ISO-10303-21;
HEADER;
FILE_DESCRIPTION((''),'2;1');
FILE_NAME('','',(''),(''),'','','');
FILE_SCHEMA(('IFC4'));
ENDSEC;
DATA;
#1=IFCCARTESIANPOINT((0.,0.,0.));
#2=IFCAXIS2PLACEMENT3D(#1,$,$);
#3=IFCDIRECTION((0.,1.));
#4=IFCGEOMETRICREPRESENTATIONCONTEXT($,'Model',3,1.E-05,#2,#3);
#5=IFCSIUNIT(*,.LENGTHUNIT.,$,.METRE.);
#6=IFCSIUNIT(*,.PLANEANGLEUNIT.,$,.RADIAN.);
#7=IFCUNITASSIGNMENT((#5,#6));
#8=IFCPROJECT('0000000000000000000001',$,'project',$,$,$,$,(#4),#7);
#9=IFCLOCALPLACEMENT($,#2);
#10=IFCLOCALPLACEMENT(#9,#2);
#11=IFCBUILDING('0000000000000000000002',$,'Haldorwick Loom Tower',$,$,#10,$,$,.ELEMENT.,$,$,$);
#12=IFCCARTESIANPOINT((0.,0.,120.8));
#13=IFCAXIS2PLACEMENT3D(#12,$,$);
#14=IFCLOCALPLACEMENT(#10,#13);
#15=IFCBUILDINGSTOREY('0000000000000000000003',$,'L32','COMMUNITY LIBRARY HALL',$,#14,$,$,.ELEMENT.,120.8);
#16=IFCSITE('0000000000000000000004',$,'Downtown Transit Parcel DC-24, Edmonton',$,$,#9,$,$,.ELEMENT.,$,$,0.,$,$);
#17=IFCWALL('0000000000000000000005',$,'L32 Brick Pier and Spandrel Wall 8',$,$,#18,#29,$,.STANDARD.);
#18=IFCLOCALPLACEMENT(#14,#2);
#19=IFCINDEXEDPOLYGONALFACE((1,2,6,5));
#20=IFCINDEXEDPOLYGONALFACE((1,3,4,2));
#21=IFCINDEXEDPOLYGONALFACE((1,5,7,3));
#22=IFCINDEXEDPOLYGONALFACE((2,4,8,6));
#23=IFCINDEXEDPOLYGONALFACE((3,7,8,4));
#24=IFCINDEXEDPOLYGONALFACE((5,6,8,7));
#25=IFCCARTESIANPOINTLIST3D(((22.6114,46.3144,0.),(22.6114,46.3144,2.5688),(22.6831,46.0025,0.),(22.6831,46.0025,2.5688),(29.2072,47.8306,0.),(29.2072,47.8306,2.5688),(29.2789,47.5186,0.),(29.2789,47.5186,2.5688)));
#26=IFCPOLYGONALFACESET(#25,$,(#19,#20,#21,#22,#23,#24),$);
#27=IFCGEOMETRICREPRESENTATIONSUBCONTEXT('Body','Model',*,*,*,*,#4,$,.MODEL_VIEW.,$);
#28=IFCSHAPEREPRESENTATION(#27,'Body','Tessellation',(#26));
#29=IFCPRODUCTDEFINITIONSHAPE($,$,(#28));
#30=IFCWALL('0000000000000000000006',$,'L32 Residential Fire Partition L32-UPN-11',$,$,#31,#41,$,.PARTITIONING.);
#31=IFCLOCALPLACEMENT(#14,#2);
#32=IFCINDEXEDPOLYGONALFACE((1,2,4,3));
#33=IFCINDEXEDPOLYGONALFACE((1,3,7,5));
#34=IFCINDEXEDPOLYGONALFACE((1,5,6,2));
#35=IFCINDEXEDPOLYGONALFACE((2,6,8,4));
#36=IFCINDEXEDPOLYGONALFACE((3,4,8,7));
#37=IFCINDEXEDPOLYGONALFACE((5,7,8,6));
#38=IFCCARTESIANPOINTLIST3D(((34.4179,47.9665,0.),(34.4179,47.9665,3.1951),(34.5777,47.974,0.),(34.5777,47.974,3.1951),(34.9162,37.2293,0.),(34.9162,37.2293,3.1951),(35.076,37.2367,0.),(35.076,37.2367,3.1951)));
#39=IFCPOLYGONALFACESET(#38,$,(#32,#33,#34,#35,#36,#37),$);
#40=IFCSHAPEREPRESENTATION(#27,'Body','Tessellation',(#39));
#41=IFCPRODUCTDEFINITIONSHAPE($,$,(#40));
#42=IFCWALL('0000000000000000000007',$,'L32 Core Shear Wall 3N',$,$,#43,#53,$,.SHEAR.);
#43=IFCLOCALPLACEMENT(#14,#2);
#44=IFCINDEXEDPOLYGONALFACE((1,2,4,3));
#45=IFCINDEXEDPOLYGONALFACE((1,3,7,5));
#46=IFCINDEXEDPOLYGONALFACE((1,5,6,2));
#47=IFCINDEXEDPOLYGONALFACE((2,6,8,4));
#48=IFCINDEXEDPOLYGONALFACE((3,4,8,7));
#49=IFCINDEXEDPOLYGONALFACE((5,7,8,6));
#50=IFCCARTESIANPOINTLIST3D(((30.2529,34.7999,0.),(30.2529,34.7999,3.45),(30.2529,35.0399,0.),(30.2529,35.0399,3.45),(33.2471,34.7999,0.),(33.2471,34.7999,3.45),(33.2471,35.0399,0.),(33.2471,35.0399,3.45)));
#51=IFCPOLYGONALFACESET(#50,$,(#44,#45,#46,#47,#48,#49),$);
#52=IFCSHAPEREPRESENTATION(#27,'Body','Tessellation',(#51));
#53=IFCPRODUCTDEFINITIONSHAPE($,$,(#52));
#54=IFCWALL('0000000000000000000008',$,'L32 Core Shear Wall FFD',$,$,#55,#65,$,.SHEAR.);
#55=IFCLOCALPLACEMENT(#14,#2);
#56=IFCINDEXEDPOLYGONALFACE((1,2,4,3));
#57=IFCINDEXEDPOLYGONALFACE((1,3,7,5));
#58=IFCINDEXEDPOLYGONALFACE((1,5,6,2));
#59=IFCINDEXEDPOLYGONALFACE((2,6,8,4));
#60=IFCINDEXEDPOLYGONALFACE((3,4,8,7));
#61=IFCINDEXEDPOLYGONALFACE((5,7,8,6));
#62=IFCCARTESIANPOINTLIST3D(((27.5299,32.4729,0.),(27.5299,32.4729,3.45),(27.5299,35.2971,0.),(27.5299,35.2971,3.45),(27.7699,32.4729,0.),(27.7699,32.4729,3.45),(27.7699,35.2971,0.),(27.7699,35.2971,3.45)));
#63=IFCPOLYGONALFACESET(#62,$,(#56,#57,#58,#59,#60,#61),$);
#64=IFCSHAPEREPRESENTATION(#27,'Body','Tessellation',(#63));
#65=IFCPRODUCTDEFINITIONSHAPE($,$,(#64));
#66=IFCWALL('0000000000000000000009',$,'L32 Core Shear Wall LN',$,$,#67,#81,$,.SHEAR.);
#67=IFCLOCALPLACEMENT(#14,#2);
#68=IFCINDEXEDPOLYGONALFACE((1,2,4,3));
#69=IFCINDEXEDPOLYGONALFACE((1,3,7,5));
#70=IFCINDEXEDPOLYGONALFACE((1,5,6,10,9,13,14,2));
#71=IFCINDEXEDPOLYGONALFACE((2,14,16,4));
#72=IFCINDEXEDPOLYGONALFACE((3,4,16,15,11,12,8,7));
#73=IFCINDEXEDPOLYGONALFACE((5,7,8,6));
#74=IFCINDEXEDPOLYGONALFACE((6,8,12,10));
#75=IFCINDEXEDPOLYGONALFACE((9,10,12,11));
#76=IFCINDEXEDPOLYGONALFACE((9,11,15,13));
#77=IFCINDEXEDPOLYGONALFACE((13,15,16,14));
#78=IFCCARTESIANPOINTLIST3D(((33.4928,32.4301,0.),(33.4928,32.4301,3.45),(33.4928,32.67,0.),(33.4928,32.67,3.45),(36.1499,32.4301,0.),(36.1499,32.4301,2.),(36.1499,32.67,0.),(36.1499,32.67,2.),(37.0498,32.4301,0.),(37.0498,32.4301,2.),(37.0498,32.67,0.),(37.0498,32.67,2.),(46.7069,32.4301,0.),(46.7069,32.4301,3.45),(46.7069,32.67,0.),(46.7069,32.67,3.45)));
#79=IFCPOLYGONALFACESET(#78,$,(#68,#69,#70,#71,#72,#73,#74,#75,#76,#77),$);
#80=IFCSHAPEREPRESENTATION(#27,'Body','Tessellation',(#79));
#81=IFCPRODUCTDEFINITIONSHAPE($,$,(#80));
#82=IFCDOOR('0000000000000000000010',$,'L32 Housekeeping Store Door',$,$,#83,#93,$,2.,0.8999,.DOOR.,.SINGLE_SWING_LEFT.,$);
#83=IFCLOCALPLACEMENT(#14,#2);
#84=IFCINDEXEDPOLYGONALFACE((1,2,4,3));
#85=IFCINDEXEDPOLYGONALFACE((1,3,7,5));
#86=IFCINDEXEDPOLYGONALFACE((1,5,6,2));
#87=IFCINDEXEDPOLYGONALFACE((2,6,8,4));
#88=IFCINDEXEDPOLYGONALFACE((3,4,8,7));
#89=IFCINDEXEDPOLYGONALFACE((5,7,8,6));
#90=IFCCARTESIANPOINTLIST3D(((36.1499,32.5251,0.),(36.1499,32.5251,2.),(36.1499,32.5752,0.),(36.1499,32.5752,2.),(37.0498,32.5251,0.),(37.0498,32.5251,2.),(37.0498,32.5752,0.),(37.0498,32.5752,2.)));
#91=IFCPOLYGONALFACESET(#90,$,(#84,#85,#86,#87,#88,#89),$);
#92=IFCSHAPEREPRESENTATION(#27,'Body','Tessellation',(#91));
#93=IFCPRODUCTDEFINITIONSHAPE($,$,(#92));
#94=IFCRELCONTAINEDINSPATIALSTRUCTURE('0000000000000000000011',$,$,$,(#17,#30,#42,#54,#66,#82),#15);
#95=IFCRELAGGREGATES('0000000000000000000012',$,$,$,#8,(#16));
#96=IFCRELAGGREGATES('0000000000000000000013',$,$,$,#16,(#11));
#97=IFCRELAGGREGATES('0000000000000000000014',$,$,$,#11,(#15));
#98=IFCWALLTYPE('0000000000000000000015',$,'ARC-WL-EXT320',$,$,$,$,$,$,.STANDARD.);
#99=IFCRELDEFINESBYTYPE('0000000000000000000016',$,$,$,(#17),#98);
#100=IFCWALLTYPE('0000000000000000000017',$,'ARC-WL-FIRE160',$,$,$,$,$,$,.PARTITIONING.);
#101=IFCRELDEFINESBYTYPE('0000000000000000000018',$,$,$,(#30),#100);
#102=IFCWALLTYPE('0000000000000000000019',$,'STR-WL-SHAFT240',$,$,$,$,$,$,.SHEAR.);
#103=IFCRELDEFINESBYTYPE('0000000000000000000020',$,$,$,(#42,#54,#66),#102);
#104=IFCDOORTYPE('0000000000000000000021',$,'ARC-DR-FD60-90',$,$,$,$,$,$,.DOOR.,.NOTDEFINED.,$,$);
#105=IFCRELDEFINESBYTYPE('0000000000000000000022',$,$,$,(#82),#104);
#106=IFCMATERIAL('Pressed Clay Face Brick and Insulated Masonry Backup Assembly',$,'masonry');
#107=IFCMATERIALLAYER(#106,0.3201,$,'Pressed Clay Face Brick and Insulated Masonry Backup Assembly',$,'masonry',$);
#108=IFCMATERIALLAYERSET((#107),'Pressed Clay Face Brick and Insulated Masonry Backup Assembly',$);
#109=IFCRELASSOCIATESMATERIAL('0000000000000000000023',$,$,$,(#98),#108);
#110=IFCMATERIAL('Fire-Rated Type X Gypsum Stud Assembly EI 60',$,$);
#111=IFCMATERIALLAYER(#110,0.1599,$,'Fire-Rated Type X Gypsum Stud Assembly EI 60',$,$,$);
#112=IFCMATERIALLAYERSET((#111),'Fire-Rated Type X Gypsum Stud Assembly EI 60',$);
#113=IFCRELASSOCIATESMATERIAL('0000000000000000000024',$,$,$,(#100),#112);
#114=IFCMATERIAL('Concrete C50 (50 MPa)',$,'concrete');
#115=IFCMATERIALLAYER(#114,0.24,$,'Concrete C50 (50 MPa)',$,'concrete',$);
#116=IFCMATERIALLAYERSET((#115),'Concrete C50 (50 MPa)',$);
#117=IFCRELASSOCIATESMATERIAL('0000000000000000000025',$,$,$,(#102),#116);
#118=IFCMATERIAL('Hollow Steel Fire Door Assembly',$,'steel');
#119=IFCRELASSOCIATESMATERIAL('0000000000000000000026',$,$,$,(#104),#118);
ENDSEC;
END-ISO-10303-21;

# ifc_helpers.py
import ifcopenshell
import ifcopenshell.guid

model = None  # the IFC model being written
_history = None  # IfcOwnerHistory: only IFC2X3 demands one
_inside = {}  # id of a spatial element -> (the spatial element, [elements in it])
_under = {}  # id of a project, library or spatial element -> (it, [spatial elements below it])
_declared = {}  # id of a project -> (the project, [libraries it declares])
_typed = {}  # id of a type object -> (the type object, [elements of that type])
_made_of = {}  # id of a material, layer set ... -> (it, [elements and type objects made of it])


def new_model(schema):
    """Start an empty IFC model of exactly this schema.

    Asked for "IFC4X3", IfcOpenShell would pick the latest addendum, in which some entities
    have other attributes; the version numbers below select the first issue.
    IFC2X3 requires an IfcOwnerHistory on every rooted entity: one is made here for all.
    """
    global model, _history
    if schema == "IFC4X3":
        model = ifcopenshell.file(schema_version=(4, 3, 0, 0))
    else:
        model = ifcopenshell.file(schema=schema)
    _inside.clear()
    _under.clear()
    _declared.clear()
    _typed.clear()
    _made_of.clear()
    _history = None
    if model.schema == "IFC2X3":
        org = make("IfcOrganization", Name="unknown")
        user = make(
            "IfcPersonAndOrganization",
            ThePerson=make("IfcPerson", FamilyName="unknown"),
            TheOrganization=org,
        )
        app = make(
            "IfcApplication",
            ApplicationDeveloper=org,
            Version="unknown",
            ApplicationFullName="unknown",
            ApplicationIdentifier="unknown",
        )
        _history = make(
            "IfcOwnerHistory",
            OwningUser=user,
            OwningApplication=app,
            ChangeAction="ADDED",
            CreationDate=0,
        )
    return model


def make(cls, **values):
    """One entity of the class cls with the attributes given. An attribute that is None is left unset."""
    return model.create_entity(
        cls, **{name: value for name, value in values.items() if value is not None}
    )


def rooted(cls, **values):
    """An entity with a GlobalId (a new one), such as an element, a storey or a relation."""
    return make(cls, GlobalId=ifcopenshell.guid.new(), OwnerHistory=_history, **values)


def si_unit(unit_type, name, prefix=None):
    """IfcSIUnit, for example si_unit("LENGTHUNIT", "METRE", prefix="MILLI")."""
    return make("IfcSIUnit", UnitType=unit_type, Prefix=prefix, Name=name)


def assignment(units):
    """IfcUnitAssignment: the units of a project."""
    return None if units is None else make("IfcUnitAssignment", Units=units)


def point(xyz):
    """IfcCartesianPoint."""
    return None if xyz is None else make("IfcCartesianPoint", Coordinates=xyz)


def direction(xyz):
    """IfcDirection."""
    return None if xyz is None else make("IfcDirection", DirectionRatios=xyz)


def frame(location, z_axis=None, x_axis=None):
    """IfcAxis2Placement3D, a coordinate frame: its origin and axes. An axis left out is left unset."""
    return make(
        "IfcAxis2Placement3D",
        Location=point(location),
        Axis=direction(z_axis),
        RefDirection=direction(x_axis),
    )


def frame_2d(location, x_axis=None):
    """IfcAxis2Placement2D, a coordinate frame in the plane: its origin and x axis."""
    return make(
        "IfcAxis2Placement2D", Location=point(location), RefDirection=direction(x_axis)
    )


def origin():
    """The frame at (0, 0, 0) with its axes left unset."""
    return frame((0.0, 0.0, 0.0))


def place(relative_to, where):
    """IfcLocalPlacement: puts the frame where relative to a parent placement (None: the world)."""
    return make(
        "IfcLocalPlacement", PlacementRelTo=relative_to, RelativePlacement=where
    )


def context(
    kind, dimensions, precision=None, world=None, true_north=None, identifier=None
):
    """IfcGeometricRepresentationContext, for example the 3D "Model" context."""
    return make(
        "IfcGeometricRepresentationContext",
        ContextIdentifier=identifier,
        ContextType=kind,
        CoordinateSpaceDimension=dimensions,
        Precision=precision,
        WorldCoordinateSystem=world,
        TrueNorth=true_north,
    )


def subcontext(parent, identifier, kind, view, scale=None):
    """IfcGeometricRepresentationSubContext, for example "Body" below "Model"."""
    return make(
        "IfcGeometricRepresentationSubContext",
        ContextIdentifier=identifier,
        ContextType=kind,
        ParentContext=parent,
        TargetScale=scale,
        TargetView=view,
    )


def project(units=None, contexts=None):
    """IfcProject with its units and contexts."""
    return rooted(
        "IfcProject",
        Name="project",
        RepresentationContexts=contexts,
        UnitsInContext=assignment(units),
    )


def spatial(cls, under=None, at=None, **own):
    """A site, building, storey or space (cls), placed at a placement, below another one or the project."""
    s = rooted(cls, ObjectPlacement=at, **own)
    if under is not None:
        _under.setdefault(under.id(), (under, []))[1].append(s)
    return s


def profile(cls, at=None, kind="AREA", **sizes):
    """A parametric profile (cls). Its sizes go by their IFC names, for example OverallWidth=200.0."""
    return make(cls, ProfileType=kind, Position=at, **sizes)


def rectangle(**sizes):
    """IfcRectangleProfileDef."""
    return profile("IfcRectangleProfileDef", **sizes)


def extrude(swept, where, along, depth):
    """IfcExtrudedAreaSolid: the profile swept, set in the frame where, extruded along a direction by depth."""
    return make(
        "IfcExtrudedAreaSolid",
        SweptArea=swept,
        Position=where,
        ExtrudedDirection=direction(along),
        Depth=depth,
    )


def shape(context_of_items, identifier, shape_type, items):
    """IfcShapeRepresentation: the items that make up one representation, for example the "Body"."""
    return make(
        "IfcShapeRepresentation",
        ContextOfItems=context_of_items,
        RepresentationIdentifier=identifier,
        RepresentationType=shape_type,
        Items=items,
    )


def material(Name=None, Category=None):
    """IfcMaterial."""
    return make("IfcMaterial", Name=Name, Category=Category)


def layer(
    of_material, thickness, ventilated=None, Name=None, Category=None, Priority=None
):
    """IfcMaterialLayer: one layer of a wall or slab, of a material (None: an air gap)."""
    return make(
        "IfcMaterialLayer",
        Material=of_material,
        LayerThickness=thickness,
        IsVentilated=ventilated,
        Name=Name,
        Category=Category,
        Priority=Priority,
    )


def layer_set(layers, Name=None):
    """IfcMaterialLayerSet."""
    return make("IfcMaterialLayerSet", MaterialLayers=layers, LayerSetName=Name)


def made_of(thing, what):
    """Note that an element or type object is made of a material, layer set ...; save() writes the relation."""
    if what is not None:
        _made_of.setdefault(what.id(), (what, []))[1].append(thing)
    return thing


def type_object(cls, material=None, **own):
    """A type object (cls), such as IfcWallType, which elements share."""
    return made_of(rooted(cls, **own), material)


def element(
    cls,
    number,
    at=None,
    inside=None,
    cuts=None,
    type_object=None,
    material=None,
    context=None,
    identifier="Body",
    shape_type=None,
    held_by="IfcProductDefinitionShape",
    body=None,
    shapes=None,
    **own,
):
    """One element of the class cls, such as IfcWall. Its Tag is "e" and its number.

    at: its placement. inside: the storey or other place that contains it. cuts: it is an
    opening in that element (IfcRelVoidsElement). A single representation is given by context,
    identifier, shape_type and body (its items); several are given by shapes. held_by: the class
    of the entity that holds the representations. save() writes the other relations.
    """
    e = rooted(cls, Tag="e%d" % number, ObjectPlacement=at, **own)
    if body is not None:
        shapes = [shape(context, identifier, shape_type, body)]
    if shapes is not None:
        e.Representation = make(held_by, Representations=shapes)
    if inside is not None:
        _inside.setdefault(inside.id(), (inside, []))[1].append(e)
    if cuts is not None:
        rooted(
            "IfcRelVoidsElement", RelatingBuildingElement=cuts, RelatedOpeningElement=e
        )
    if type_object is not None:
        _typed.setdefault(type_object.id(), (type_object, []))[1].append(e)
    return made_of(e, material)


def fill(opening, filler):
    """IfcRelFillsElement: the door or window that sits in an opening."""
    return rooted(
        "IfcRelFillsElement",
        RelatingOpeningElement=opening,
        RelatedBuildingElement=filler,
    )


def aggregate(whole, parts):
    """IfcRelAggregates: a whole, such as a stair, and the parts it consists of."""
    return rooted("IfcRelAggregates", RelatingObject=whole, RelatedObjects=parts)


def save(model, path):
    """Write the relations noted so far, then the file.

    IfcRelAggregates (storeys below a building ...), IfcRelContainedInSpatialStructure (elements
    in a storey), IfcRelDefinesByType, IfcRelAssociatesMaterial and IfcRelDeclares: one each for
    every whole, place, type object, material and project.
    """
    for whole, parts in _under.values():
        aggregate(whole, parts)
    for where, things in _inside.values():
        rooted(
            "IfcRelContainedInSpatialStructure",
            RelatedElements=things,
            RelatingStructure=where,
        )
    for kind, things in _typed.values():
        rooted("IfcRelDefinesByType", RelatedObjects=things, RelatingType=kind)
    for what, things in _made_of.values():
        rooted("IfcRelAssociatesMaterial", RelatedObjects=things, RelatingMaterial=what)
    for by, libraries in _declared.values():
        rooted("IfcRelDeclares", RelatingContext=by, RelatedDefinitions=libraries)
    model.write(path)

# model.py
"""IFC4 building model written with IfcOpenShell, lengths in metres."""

from ifc_helpers import new_model, si_unit, direction, frame, frame_2d, origin, place, context, subcontext, project, spatial, rectangle, extrude, material, layer, layer_set, type_object, element, fill, save


model = new_model("IFC4")

# Units and contexts
model_context = context("Model", 3, precision=1e-05, world=origin(), true_north=direction((0.0, 1.0)))
body_context = subcontext(model_context, "Body", "Model", "MODEL_VIEW")
ifc_project = project(units=[si_unit("LENGTHUNIT", "METRE"), si_unit("PLANEANGLEUNIT", "RADIAN")], contexts=[model_context])

# Site, building, storey
site_placement = place(None, origin())
site = spatial("IfcSite", under=ifc_project, at=site_placement, Name="Downtown Transit Parcel DC-24, Edmonton", CompositionType="ELEMENT", RefElevation=0.0)
building_placement = place(site_placement, origin())
building = spatial("IfcBuilding", under=site, at=building_placement, Name="Haldorwick Loom Tower", CompositionType="ELEMENT")
storey_placement = place(building_placement, frame((0.0, 0.0, 120.8)))
storey = spatial("IfcBuildingStorey", under=building, at=storey_placement, Name="L32", Description="COMMUNITY LIBRARY HALL", CompositionType="ELEMENT", Elevation=120.8)

# Walls
ifc_material_1 = material(Name="Pressed Clay Face Brick and Insulated Masonry Backup Assembly", Category="masonry")
ifc_layer_1 = layer(ifc_material_1, 0.3201, Name="Pressed Clay Face Brick and Insulated Masonry Backup Assembly", Category="masonry")
ifc_layer_set_1 = layer_set([ifc_layer_1], Name="Pressed Clay Face Brick and Insulated Masonry Backup Assembly")
wall_type_1 = type_object("IfcWallType", Name="ARC-WL-EXT320", PredefinedType="STANDARD", material=ifc_layer_set_1)
wall_1_placement = place(storey_placement, frame((29.2429, 47.6746, 0.0), z_axis=(0.0, 0.0, 1.0), x_axis=(-0.974584, -0.224022, 0.0)))
element("IfcWall", 1, at=wall_1_placement, inside=storey, type_object=wall_type_1, Name="L32 Brick Pier and Spandrel Wall 8", PredefinedType="STANDARD", context=body_context, shape_type="SweptSolid", body=[
    extrude(rectangle(XDim=6.7678, YDim=0.3201, at=frame_2d((3.3838, 0.0))), origin(), (0.0, 0.0, 1.0), 2.5688),
])
ifc_material_2 = material(Name="Fire-Rated Type X Gypsum Stud Assembly EI 60")
ifc_layer_2 = layer(ifc_material_2, 0.1599, Name="Fire-Rated Type X Gypsum Stud Assembly EI 60")
ifc_layer_set_2 = layer_set([ifc_layer_2], Name="Fire-Rated Type X Gypsum Stud Assembly EI 60")
wall_type_2 = type_object("IfcWallType", Name="ARC-WL-FIRE160", PredefinedType="PARTITIONING", material=ifc_layer_set_2)
wall_2_placement = place(storey_placement, frame((34.9961, 37.2329, 0.0), z_axis=(0.0, 0.0, 1.0), x_axis=(-0.046358, 0.998925, 0.0)))
element("IfcWall", 2, at=wall_2_placement, inside=storey, type_object=wall_type_2, Name="L32 Residential Fire Partition L32-UPN-11", PredefinedType="PARTITIONING", context=body_context, shape_type="SweptSolid", body=[
    extrude(rectangle(XDim=10.7488, YDim=0.1599, at=frame_2d((5.3745, 0.0))), origin(), (0.0, 0.0, 1.0), 3.1951),
])
ifc_material_3 = material(Name="Concrete C50 (50 MPa)", Category="concrete")
ifc_layer_3 = layer(ifc_material_3, 0.24, Name="Concrete C50 (50 MPa)", Category="concrete")
ifc_layer_set_3 = layer_set([ifc_layer_3], Name="Concrete C50 (50 MPa)")
wall_type_3 = type_object("IfcWallType", Name="STR-WL-SHAFT240", PredefinedType="SHEAR", material=ifc_layer_set_3)
wall_3_placement = place(storey_placement, frame((30.2529, 34.9199, 0.0), z_axis=(0.0, 0.0, 1.0), x_axis=(1.0, 0.0, 0.0)))
element("IfcWall", 3, at=wall_3_placement, inside=storey, type_object=wall_type_3, Name="L32 Core Shear Wall 3N", PredefinedType="SHEAR", context=body_context, shape_type="SweptSolid", body=[
    extrude(rectangle(XDim=2.9941, YDim=0.24, at=frame_2d((1.4971, 0.0))), origin(), (0.0, 0.0, 1.0), 3.45),
])
wall_4_placement = place(storey_placement, frame((27.6499, 32.4729, 0.0), z_axis=(0.0, 0.0, 1.0), x_axis=(0.0, 1.0, 0.0)))
element("IfcWall", 4, at=wall_4_placement, inside=storey, type_object=wall_type_3, Name="L32 Core Shear Wall FFD", PredefinedType="SHEAR", context=body_context, shape_type="SweptSolid", body=[
    extrude(rectangle(XDim=2.8242, YDim=0.24, at=frame_2d((1.4121, 0.0))), origin(), (0.0, 0.0, 1.0), 3.45),
])

# Wall, opening, door
wall_5_placement = place(storey_placement, frame((33.4929, 32.55, 0.0), z_axis=(0.0, 0.0, 1.0), x_axis=(1.0, 0.0, 0.0)))
wall_5 = element("IfcWall", 5, at=wall_5_placement, inside=storey, type_object=wall_type_3, Name="L32 Core Shear Wall LN", PredefinedType="SHEAR", context=body_context, shape_type="SweptSolid", body=[
    extrude(rectangle(XDim=13.2141, YDim=0.24, at=frame_2d((6.6069, 0.0))), origin(), (0.0, 0.0, 1.0), 3.45),
])
opening_placement = place(wall_5_placement, frame((2.657, 0.0, 0.0)))
opening = element("IfcOpeningElement", 6, at=opening_placement, cuts=wall_5, PredefinedType="OPENING", context=body_context, shape_type="SweptSolid", body=[
    extrude(rectangle(XDim=0.8999, YDim=2.0, at=frame_2d((0.45, 1.0))), frame((0.0, 0.1299, 0.0), z_axis=(0.0, -1.0, 0.0), x_axis=(1.0, 0.0, 0.0)), (0.0, 0.0, 1.0), 0.26),
])
ifc_material_4 = material(Name="Hollow Steel Fire Door Assembly", Category="steel")
door_type = type_object("IfcDoorType", Name="ARC-DR-FD60-90", OperationType="NOTDEFINED", PredefinedType="DOOR", material=ifc_material_4)
door_placement = place(opening_placement, frame((0.8999, 0.0, 0.0), z_axis=(0.0, 0.0, 1.0), x_axis=(-1.0, 0.0, 0.0)))
door = element("IfcDoor", 7, at=door_placement, inside=storey, type_object=door_type, Name="L32 Housekeeping Store Door", OperationType="SINGLE_SWING_LEFT", OverallHeight=2.0, OverallWidth=0.8999, PredefinedType="DOOR", context=body_context, shape_type="SweptSolid", body=[
    extrude(rectangle(XDim=0.8999, YDim=2.0, at=frame_2d((0.45, 1.0))), frame((0.0, 0.0249, 0.0), z_axis=(0.0, -1.0, 0.0), x_axis=(1.0, 0.0, 0.0)), (0.0, 0.0, 1.0), 0.05),
])
fill(opening, door)

save(model, "model.ifc")
